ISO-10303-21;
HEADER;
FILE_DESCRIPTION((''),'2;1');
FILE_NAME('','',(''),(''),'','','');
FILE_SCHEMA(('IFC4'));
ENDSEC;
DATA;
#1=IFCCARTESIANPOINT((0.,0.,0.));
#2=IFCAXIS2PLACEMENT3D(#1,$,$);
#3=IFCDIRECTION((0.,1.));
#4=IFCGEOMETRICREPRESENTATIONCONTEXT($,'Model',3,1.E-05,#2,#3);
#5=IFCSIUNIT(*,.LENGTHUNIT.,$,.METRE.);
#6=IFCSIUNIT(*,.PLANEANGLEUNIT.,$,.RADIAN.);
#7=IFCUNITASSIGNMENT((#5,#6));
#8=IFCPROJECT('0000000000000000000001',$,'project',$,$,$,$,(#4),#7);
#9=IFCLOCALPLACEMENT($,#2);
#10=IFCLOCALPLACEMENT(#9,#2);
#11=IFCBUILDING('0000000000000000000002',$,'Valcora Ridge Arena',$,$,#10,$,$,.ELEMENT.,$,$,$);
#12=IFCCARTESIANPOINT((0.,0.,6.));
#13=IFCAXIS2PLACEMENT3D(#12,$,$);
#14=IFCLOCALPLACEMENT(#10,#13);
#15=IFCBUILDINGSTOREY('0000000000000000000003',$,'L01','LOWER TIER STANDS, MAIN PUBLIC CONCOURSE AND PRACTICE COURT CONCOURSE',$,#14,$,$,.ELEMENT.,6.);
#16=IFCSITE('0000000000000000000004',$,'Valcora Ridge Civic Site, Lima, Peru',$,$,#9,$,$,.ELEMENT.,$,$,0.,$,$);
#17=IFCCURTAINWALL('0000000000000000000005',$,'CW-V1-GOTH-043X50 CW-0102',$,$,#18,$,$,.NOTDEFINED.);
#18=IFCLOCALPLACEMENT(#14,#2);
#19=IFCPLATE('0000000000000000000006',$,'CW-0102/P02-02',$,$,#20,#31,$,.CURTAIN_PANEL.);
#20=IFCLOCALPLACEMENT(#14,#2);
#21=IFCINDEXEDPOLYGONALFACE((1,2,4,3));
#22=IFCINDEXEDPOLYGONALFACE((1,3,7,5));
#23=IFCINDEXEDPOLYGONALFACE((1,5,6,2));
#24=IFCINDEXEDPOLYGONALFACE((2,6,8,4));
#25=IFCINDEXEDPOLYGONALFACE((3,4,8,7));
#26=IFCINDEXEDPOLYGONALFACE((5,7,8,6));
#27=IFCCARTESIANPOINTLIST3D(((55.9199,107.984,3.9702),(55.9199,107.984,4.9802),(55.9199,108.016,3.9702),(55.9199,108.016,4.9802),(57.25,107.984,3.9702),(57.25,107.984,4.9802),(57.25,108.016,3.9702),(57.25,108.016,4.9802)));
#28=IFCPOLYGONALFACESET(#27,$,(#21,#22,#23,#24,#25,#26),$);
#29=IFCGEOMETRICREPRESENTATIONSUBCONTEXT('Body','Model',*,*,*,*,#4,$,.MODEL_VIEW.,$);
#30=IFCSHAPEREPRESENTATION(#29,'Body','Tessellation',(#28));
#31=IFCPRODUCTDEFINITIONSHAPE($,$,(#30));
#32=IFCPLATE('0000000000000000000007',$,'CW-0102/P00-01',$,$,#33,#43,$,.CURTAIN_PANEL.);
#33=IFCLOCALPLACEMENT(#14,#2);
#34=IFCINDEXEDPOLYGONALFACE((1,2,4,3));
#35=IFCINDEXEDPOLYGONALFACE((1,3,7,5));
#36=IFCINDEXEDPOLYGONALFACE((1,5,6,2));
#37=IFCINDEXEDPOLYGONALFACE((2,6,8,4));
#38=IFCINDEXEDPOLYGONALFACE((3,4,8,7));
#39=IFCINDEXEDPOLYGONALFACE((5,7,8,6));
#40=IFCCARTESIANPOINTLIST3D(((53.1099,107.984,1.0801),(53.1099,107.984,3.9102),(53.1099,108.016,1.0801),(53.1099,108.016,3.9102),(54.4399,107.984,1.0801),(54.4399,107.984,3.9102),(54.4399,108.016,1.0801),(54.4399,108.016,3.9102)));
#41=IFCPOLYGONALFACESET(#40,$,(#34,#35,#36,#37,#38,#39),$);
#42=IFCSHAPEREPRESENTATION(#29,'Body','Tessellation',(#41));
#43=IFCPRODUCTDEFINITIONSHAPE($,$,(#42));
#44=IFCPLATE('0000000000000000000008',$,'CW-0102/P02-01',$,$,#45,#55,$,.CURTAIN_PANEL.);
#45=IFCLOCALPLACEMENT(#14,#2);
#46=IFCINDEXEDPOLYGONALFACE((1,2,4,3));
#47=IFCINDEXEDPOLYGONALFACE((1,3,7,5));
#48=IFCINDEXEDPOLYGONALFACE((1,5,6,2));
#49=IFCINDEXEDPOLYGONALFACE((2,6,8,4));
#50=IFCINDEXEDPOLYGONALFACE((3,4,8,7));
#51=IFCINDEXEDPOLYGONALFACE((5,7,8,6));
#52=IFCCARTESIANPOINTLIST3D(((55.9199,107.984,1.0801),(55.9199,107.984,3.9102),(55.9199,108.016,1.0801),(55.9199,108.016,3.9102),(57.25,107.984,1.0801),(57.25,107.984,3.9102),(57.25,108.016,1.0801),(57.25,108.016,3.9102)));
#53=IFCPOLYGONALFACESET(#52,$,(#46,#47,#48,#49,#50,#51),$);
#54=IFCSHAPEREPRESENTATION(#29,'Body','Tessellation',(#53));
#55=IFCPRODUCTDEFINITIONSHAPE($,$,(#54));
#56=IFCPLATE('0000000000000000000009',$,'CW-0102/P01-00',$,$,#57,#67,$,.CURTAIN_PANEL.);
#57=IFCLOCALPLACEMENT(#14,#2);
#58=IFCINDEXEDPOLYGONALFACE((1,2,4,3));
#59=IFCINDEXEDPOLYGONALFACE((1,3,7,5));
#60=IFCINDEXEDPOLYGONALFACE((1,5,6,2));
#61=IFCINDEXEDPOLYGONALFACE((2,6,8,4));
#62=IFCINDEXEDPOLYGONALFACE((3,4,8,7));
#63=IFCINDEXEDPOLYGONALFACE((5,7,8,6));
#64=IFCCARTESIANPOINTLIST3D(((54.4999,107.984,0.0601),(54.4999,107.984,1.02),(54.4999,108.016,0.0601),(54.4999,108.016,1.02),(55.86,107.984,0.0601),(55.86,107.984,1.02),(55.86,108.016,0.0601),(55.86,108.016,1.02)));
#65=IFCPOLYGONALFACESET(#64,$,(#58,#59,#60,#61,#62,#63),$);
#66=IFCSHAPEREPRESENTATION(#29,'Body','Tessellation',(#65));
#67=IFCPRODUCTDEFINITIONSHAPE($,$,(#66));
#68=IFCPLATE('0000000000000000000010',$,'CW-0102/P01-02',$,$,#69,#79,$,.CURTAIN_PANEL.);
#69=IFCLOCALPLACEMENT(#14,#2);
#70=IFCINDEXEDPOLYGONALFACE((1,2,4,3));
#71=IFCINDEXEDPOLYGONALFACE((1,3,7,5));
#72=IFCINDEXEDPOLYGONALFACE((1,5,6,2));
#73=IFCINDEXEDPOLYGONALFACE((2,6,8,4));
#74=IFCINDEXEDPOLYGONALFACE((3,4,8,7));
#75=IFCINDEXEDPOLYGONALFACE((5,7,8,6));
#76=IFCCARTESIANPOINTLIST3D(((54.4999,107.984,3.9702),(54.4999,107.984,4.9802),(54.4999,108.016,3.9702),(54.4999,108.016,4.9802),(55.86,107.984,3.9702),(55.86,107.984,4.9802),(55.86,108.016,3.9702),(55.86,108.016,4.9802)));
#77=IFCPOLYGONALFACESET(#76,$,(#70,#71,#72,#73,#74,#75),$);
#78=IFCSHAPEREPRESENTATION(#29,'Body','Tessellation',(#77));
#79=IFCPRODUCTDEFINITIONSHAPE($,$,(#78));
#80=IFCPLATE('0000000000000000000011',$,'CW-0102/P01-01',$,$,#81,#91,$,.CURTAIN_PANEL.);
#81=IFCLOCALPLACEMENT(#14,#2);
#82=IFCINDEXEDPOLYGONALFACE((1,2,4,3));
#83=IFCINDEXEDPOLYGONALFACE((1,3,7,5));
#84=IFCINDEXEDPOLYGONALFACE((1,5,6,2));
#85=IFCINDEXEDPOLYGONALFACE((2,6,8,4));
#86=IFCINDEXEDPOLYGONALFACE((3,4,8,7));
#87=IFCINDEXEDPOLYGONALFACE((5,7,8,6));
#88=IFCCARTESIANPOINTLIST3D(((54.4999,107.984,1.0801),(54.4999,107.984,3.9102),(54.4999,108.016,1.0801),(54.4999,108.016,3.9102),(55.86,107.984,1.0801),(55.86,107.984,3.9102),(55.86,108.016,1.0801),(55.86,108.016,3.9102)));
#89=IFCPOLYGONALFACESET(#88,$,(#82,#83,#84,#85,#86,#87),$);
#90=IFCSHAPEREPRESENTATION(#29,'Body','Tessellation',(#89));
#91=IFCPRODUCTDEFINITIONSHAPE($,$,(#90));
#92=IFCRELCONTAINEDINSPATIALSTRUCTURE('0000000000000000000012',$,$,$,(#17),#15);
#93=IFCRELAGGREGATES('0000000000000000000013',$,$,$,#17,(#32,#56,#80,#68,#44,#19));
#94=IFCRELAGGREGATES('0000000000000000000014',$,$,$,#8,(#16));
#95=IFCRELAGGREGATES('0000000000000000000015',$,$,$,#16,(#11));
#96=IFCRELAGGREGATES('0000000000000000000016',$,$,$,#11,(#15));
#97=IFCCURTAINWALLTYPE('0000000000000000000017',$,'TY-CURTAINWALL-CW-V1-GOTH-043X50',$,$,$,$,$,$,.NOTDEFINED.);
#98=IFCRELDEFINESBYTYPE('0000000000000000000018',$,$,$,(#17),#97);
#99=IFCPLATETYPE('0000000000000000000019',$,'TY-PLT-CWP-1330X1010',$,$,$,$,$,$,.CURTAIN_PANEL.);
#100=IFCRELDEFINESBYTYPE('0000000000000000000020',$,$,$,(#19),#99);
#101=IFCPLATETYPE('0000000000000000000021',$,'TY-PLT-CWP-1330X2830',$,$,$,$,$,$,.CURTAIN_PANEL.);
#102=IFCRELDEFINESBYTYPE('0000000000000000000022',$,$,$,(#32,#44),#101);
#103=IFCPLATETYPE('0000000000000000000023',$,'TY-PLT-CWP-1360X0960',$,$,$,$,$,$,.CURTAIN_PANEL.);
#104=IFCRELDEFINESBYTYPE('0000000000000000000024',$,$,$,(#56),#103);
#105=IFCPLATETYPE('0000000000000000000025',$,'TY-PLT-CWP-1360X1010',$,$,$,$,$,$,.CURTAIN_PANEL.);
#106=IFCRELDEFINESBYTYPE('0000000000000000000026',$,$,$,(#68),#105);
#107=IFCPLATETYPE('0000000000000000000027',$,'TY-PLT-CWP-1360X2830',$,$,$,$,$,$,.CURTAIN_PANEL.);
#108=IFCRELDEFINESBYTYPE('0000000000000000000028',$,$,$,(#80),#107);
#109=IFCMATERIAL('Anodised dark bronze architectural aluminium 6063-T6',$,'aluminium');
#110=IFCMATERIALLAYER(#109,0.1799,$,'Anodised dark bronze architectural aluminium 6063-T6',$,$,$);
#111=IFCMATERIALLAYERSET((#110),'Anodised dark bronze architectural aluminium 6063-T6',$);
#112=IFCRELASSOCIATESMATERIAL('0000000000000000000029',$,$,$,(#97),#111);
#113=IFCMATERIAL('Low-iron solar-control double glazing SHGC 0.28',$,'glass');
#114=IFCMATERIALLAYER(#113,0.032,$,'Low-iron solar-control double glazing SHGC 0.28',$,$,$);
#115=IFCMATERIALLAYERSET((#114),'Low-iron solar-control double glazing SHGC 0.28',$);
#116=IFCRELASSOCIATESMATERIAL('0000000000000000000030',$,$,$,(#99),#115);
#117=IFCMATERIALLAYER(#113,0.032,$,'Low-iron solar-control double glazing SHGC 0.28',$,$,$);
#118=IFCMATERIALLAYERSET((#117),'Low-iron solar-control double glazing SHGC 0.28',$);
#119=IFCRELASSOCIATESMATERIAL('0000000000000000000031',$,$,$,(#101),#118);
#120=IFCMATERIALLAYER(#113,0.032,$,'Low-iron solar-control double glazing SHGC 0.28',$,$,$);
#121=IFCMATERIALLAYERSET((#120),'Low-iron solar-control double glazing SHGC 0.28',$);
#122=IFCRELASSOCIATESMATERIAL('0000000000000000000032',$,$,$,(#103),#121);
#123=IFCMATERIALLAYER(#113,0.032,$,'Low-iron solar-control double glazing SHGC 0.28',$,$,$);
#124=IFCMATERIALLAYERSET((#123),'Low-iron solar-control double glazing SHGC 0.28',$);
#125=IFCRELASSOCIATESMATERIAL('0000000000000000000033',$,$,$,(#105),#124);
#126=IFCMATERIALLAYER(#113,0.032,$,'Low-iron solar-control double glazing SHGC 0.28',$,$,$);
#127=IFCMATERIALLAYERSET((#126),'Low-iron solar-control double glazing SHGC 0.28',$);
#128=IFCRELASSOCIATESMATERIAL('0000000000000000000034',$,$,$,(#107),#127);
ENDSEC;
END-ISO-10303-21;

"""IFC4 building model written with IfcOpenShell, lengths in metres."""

from ifc_helpers import new_model, si_unit, direction, frame, origin, origin_2d, place, context, subcontext, project, spatial, rectangle, extrude, material, layer, layer_set, type_object, element, aggregate, save


model = new_model("IFC4")

# Units and contexts
model_context = context("Model", 3, precision=1e-05, world=origin(), true_north=direction((0.0, 1.0)))
body_context = subcontext(model_context, "Body", "Model", "MODEL_VIEW")
ifc_project = project(units=[si_unit("LENGTHUNIT", "METRE"), si_unit("PLANEANGLEUNIT", "RADIAN")], contexts=[model_context])

# Site, building, storey
site_placement = place(None, origin())
site = spatial("IfcSite", under=ifc_project, at=site_placement, Name="Valcora Ridge Civic Site, Lima, Peru", CompositionType="ELEMENT", RefElevation=0.0)
building_placement = place(site_placement, origin())
building = spatial("IfcBuilding", under=site, at=building_placement, Name="Valcora Ridge Arena", CompositionType="ELEMENT")
storey_placement = place(building_placement, frame((0.0, 0.0, 6.0)))
storey = spatial("IfcBuildingStorey", under=building, at=storey_placement, Name="L01", Description="LOWER TIER STANDS, MAIN PUBLIC CONCOURSE AND PRACTICE COURT CONCOURSE", CompositionType="ELEMENT", Elevation=6.0)

# Curtain wall, plates
ifc_material_1 = material(Name="Anodised dark bronze architectural aluminium 6063-T6", Category="aluminium")
ifc_layer_1 = layer(ifc_material_1, 0.1799, Name="Anodised dark bronze architectural aluminium 6063-T6")
ifc_layer_set_1 = layer_set([ifc_layer_1], Name="Anodised dark bronze architectural aluminium 6063-T6")
curtain_wall_type = type_object("IfcCurtainWallType", Name="TY-CURTAINWALL-CW-V1-GOTH-043X50", PredefinedType="NOTDEFINED", material=ifc_layer_set_1)
curtain_wall_placement = place(storey_placement, origin())
curtain_wall = element("IfcCurtainWall", 1, at=curtain_wall_placement, inside=storey, type_object=curtain_wall_type, Name="CW-V1-GOTH-043X50 CW-0102", PredefinedType="NOTDEFINED")
ifc_material_2 = material(Name="Low-iron solar-control double glazing SHGC 0.28", Category="glass")
ifc_layer_2 = layer(ifc_material_2, 0.032, Name="Low-iron solar-control double glazing SHGC 0.28")
ifc_layer_set_2 = layer_set([ifc_layer_2], Name="Low-iron solar-control double glazing SHGC 0.28")
plate_type_1 = type_object("IfcPlateType", Name="TY-PLT-CWP-1330X1010", PredefinedType="CURTAIN_PANEL", material=ifc_layer_set_2)
plate_1_placement = place(storey_placement, frame((56.585, 108.0, 3.9702), z_axis=(0.0, 0.0, 1.0), x_axis=(1.0, 0.0, 0.0)))
plate_1 = element("IfcPlate", 2, at=plate_1_placement, type_object=plate_type_1, Name="CW-0102/P02-02", PredefinedType="CURTAIN_PANEL", context=body_context, shape_type="SweptSolid", body=[
    extrude(rectangle(XDim=1.3301, YDim=0.032, at=origin_2d()), origin(), (0.0, 0.0, 1.0), 1.01),
])
ifc_layer_3 = layer(ifc_material_2, 0.032, Name="Low-iron solar-control double glazing SHGC 0.28")
ifc_layer_set_3 = layer_set([ifc_layer_3], Name="Low-iron solar-control double glazing SHGC 0.28")
plate_type_2 = type_object("IfcPlateType", Name="TY-PLT-CWP-1330X2830", PredefinedType="CURTAIN_PANEL", material=ifc_layer_set_3)
plate_2_placement = place(storey_placement, frame((53.7749, 108.0, 1.0801), z_axis=(0.0, 0.0, 1.0), x_axis=(1.0, 0.0, 0.0)))
plate_2 = element("IfcPlate", 3, at=plate_2_placement, type_object=plate_type_2, Name="CW-0102/P00-01", PredefinedType="CURTAIN_PANEL", context=body_context, shape_type="SweptSolid", body=[
    extrude(rectangle(XDim=1.3301, YDim=0.032, at=origin_2d()), origin(), (0.0, 0.0, 1.0), 2.8301),
])
plate_3_placement = place(storey_placement, frame((56.585, 108.0, 1.0801), z_axis=(0.0, 0.0, 1.0), x_axis=(1.0, 0.0, 0.0)))
plate_3 = element("IfcPlate", 4, at=plate_3_placement, type_object=plate_type_2, Name="CW-0102/P02-01", PredefinedType="CURTAIN_PANEL", context=body_context, shape_type="SweptSolid", body=[
    extrude(rectangle(XDim=1.3301, YDim=0.032, at=origin_2d()), origin(), (0.0, 0.0, 1.0), 2.8301),
])
ifc_layer_4 = layer(ifc_material_2, 0.032, Name="Low-iron solar-control double glazing SHGC 0.28")
ifc_layer_set_4 = layer_set([ifc_layer_4], Name="Low-iron solar-control double glazing SHGC 0.28")
plate_type_3 = type_object("IfcPlateType", Name="TY-PLT-CWP-1360X0960", PredefinedType="CURTAIN_PANEL", material=ifc_layer_set_4)
plate_4_placement = place(storey_placement, frame((55.1799, 108.0, 0.0601), z_axis=(0.0, 0.0, 1.0), x_axis=(1.0, 0.0, 0.0)))
plate_4 = element("IfcPlate", 5, at=plate_4_placement, type_object=plate_type_3, Name="CW-0102/P01-00", PredefinedType="CURTAIN_PANEL", context=body_context, shape_type="SweptSolid", body=[
    extrude(rectangle(XDim=1.3601, YDim=0.032, at=origin_2d()), origin(), (0.0, 0.0, 1.0), 0.96),
])
ifc_layer_5 = layer(ifc_material_2, 0.032, Name="Low-iron solar-control double glazing SHGC 0.28")
ifc_layer_set_5 = layer_set([ifc_layer_5], Name="Low-iron solar-control double glazing SHGC 0.28")
plate_type_4 = type_object("IfcPlateType", Name="TY-PLT-CWP-1360X1010", PredefinedType="CURTAIN_PANEL", material=ifc_layer_set_5)
plate_5_placement = place(storey_placement, frame((55.1799, 108.0, 3.9702), z_axis=(0.0, 0.0, 1.0), x_axis=(1.0, 0.0, 0.0)))
plate_5 = element("IfcPlate", 6, at=plate_5_placement, type_object=plate_type_4, Name="CW-0102/P01-02", PredefinedType="CURTAIN_PANEL", context=body_context, shape_type="SweptSolid", body=[
    extrude(rectangle(XDim=1.3601, YDim=0.032, at=origin_2d()), origin(), (0.0, 0.0, 1.0), 1.01),
])
ifc_layer_6 = layer(ifc_material_2, 0.032, Name="Low-iron solar-control double glazing SHGC 0.28")
ifc_layer_set_6 = layer_set([ifc_layer_6], Name="Low-iron solar-control double glazing SHGC 0.28")
plate_type_5 = type_object("IfcPlateType", Name="TY-PLT-CWP-1360X2830", PredefinedType="CURTAIN_PANEL", material=ifc_layer_set_6)
plate_6_placement = place(storey_placement, frame((55.1799, 108.0, 1.0801), z_axis=(0.0, 0.0, 1.0), x_axis=(1.0, 0.0, 0.0)))
plate_6 = element("IfcPlate", 7, at=plate_6_placement, type_object=plate_type_5, Name="CW-0102/P01-01", PredefinedType="CURTAIN_PANEL", context=body_context, shape_type="SweptSolid", body=[
    extrude(rectangle(XDim=1.3601, YDim=0.032, at=origin_2d()), origin(), (0.0, 0.0, 1.0), 2.8301),
])
aggregate(curtain_wall, [plate_2, plate_4, plate_6, plate_5, plate_3, plate_1])

save(model, "model.ifc")
